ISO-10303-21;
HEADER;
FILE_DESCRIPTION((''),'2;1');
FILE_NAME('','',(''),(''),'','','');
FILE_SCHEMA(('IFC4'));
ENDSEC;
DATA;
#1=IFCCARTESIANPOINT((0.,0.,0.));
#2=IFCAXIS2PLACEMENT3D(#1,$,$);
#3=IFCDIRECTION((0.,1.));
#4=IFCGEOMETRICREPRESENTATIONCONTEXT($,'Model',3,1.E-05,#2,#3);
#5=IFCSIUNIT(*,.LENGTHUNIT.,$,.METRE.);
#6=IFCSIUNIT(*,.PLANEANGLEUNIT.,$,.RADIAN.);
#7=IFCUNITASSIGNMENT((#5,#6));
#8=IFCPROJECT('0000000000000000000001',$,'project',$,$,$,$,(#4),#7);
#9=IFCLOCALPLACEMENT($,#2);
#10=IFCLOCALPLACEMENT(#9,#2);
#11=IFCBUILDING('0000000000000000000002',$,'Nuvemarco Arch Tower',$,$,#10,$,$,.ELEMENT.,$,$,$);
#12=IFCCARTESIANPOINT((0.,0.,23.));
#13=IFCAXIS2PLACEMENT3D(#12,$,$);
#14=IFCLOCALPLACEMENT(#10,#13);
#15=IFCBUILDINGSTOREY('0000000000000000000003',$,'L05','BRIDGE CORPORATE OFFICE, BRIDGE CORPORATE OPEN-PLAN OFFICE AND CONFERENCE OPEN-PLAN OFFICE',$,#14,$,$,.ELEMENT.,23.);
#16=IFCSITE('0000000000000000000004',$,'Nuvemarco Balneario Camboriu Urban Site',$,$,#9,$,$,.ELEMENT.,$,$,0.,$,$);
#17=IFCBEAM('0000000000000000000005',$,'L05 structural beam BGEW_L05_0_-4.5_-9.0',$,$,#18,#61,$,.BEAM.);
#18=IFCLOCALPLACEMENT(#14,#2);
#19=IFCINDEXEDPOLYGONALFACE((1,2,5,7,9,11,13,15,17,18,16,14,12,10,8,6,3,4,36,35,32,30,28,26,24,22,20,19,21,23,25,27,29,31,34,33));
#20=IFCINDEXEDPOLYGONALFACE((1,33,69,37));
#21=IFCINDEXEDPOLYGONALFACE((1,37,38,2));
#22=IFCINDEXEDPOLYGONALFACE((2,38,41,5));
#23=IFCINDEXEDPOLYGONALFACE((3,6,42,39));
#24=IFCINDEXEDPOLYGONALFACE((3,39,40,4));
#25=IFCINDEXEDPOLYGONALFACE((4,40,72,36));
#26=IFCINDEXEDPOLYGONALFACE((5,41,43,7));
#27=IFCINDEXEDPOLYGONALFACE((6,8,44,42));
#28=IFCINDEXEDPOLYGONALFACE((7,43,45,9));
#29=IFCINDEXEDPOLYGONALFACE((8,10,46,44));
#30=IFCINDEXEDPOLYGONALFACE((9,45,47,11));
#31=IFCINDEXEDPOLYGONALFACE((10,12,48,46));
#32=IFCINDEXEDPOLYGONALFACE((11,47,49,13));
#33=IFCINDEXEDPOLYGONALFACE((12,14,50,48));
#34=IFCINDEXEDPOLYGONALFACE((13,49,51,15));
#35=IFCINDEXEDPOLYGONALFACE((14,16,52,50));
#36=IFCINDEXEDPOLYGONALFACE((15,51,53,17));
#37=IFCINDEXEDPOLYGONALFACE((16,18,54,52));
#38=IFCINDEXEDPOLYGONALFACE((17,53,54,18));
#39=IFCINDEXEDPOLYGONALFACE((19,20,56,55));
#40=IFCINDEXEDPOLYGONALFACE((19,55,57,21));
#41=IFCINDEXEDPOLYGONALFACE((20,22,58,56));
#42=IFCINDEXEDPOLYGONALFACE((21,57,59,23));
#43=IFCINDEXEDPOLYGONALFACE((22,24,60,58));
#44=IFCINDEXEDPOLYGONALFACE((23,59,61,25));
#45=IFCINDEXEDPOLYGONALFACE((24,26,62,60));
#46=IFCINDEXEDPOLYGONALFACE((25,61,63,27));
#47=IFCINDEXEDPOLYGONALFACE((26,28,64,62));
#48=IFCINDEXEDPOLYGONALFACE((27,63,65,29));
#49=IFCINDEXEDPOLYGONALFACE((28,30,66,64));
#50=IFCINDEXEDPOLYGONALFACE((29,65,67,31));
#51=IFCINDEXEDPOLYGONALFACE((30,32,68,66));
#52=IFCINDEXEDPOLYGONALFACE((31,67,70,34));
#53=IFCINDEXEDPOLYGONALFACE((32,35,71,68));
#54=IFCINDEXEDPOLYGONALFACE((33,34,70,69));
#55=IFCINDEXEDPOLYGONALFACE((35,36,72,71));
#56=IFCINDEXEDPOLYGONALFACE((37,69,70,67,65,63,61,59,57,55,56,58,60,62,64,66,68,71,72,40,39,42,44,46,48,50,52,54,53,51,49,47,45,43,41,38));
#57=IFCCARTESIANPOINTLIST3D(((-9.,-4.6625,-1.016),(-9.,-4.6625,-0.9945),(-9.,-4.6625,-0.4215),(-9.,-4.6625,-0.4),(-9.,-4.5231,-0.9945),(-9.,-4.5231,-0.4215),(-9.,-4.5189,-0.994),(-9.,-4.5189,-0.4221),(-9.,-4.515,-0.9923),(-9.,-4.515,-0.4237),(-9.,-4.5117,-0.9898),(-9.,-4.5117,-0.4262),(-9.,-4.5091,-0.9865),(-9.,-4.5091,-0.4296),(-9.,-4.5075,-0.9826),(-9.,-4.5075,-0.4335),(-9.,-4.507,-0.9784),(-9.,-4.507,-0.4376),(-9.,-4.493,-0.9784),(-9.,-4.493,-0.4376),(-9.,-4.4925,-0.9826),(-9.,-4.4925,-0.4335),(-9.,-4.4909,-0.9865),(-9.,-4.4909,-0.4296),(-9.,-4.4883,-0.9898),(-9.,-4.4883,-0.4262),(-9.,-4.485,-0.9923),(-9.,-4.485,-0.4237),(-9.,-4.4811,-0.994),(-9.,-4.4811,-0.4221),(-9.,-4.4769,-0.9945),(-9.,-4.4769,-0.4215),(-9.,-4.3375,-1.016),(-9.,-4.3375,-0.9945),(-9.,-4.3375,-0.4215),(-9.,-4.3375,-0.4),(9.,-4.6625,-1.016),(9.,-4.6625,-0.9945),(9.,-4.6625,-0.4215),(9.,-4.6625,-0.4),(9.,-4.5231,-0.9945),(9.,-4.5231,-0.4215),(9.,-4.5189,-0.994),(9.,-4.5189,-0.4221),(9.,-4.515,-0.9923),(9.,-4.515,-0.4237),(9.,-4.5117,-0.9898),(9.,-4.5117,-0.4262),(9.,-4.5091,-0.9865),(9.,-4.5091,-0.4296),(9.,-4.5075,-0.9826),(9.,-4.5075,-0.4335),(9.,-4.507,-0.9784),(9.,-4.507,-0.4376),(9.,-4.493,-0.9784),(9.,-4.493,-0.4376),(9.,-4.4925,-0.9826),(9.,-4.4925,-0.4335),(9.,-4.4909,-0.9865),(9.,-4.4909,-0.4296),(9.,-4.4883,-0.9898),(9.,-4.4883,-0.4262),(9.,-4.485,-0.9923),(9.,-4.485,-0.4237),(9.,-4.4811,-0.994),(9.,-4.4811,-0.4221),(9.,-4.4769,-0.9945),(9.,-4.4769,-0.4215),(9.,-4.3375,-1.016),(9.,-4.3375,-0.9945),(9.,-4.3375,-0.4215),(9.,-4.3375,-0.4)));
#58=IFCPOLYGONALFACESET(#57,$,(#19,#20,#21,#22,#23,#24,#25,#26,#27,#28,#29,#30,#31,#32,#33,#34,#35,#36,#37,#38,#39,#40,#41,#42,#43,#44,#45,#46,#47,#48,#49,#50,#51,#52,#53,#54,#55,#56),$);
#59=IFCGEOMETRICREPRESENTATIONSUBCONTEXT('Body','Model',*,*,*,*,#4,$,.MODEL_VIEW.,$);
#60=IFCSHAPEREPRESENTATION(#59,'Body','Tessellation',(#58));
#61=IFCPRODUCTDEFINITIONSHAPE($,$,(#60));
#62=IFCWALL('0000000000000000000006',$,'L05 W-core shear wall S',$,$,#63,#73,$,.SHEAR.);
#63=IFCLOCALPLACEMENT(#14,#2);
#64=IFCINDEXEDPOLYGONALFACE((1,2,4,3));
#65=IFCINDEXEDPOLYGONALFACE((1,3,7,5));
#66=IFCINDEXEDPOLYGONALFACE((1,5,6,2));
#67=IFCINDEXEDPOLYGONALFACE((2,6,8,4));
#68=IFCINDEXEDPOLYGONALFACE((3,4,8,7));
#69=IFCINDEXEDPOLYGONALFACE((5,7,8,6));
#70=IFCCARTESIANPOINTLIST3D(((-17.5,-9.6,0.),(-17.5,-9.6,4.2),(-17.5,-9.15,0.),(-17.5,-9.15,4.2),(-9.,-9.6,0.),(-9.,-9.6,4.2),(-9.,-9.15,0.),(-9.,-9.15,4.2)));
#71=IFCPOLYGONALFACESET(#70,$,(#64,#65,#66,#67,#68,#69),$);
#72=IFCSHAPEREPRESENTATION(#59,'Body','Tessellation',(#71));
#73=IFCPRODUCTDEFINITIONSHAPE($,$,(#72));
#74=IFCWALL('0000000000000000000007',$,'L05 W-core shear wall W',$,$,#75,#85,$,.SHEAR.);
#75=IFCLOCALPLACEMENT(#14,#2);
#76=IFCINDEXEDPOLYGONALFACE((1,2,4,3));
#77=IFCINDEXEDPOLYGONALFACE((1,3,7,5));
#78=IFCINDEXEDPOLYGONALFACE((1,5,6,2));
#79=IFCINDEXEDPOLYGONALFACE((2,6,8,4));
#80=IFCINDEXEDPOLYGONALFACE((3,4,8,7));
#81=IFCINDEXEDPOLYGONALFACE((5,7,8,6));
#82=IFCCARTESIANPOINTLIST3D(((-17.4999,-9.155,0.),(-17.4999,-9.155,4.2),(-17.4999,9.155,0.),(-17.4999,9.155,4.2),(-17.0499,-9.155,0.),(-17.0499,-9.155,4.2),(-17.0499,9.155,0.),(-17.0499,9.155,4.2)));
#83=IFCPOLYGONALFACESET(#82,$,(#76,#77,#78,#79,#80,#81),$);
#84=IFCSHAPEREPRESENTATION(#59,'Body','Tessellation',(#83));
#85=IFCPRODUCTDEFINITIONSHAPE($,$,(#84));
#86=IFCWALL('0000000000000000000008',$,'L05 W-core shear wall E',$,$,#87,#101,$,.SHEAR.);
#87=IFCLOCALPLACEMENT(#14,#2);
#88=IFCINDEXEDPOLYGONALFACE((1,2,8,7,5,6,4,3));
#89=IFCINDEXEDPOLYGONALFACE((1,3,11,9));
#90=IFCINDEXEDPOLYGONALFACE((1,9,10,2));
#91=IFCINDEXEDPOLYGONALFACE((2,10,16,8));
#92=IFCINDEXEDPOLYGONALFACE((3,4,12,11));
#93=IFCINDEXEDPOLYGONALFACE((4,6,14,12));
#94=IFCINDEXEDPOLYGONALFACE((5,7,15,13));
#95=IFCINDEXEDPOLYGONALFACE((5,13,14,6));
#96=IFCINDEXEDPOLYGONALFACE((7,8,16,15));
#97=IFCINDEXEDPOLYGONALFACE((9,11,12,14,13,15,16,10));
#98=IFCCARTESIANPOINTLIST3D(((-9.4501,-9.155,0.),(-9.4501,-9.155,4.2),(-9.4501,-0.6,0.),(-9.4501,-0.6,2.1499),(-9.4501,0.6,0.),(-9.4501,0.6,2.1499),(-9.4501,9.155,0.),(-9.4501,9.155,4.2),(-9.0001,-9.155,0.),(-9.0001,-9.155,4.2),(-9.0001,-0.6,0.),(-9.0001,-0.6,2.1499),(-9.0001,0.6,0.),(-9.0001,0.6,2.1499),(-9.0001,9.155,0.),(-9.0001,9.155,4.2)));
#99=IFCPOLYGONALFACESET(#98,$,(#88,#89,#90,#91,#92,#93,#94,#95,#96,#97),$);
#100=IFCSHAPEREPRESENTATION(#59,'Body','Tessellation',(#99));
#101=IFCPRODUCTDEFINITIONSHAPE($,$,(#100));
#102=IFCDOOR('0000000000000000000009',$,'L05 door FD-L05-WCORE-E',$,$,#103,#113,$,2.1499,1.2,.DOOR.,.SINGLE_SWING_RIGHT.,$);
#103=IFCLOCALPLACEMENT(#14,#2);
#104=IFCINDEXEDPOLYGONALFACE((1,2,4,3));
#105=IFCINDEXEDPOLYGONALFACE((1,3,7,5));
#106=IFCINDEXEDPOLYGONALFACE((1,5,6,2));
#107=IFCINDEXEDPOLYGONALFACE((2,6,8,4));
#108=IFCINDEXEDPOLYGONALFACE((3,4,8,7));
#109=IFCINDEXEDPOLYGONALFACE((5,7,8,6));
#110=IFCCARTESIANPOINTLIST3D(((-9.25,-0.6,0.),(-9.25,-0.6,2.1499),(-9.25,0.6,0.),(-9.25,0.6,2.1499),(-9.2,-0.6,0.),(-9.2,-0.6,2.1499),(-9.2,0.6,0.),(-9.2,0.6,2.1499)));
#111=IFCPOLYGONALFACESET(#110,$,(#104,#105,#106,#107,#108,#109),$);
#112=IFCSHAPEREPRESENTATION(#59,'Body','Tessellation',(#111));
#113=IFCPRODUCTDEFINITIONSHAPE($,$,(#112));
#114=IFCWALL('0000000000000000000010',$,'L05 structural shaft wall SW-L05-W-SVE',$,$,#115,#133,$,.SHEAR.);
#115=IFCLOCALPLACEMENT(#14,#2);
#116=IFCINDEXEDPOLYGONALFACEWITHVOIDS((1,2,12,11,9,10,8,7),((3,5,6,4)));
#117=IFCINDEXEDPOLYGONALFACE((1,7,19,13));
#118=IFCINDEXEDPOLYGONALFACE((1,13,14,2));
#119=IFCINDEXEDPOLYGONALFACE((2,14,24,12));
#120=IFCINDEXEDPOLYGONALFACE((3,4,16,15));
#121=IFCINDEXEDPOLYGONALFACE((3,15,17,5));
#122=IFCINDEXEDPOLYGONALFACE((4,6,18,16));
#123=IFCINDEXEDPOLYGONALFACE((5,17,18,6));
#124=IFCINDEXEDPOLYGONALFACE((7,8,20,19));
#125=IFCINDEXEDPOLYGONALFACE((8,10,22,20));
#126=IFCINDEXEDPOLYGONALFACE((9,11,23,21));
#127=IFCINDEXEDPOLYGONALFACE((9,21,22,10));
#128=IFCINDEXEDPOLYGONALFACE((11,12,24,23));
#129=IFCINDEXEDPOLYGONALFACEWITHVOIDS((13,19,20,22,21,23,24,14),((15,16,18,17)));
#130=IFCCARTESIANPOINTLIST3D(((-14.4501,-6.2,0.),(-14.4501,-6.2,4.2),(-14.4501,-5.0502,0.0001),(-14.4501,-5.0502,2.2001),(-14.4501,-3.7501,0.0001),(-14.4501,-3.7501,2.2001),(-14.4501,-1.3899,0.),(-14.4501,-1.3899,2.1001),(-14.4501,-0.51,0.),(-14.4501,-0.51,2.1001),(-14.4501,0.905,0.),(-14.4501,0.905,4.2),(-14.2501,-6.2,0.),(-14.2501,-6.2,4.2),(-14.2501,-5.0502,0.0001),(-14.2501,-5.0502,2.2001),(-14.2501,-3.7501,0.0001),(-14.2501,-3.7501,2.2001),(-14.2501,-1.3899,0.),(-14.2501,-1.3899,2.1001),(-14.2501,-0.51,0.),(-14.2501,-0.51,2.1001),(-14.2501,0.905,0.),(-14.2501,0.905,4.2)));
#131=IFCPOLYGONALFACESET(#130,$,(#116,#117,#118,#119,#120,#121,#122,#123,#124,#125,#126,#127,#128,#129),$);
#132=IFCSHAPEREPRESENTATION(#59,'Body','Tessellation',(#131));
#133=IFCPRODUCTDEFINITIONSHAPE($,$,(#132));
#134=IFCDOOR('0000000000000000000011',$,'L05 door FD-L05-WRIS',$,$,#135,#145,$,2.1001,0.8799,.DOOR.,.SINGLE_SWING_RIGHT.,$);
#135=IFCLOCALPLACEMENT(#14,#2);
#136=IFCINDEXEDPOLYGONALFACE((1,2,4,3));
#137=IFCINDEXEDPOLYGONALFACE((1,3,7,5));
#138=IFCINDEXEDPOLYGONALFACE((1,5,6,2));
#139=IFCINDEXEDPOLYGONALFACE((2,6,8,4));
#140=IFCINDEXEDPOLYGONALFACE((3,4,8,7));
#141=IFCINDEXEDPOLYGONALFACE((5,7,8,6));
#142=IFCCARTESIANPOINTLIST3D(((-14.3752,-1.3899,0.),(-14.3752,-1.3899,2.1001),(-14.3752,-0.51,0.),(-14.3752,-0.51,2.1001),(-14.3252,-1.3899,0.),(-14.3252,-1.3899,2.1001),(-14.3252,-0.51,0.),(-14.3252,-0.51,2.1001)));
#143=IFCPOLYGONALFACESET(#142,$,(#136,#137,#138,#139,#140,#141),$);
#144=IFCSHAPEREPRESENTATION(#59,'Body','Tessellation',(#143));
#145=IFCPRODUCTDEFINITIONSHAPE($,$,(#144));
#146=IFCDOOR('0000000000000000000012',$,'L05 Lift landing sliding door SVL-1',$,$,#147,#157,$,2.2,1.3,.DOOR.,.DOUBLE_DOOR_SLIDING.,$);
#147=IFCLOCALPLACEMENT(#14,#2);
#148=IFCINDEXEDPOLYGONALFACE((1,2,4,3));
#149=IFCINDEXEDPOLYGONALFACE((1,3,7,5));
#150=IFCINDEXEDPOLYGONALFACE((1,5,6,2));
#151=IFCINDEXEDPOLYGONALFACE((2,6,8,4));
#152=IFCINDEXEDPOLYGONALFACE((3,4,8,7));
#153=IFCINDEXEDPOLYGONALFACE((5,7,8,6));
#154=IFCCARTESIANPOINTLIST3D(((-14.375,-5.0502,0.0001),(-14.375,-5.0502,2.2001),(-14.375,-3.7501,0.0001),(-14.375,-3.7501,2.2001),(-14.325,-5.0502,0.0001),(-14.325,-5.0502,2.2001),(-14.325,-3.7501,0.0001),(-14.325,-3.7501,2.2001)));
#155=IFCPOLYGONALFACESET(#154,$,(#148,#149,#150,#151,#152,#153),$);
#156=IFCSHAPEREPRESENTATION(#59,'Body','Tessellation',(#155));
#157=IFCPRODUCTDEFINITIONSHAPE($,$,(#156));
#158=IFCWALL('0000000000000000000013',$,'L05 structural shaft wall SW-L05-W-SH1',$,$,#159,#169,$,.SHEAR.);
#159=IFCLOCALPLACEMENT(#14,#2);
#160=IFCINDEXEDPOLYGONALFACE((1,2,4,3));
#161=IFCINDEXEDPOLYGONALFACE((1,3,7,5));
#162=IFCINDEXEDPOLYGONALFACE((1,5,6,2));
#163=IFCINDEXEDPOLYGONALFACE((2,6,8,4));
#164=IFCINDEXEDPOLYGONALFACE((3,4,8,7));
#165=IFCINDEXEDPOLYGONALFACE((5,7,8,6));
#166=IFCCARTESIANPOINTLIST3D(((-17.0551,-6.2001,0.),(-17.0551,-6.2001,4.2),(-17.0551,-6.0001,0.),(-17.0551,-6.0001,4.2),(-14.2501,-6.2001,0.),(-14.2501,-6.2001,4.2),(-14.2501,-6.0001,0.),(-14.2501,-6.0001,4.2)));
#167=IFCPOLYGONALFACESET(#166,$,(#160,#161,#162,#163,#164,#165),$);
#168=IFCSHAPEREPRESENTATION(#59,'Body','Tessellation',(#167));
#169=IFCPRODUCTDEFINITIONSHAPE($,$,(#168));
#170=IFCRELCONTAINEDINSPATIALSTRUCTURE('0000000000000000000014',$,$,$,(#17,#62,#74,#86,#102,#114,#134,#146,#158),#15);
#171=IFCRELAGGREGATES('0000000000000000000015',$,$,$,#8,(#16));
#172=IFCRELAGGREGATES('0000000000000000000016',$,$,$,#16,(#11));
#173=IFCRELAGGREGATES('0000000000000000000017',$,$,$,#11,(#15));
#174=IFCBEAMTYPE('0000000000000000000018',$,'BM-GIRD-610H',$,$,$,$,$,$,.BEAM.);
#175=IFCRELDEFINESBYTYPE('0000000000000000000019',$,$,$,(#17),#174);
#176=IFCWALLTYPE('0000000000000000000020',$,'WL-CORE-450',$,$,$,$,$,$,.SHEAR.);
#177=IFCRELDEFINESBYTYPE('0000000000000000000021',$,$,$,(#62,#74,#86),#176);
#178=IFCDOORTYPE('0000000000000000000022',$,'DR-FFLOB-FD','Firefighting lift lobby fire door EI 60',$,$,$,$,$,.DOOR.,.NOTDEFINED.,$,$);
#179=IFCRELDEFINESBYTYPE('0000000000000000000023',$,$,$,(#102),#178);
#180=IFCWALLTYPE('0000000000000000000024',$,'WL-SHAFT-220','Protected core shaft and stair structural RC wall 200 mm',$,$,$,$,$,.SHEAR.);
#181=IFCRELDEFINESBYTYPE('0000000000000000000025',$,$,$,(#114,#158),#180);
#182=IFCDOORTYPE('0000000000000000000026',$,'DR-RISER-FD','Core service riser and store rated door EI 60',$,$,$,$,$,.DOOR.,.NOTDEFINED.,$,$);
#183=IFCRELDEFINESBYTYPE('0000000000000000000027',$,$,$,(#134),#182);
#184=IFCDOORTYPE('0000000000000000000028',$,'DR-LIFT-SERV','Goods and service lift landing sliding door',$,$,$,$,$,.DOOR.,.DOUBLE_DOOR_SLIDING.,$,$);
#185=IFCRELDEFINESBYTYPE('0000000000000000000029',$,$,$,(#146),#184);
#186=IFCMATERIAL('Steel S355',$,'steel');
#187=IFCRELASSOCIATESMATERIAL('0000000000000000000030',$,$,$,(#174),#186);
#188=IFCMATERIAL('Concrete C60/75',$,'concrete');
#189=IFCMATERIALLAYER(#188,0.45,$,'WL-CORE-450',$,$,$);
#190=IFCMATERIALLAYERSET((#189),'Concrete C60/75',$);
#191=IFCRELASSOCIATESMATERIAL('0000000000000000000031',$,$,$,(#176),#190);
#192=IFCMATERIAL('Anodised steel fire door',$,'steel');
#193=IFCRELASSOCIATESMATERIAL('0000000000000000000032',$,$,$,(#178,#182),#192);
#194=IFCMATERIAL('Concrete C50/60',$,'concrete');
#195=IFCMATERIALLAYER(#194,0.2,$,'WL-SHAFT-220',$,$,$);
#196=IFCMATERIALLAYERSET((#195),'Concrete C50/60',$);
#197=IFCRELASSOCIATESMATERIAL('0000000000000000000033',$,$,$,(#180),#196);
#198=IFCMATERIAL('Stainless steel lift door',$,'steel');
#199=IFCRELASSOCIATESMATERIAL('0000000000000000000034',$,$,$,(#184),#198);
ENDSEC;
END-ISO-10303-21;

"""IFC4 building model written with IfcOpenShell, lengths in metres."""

from ifc_helpers import new_model, si_unit, direction, frame, frame_2d, origin, origin_2d, place, context, subcontext, project, spatial, rectangle, i_section, extrude, source, transform, mapped, material, layer, layer_set, material_profile, profile_set, type_object, type_shapes, element, fill, save


model = new_model("IFC4")

# Units and contexts
model_context = context("Model", 3, precision=1e-05, world=origin(), true_north=direction((0.0, 1.0)))
body_context = subcontext(model_context, "Body", "Model", "MODEL_VIEW")
ifc_project = project(units=[si_unit("LENGTHUNIT", "METRE"), si_unit("PLANEANGLEUNIT", "RADIAN")], contexts=[model_context])

# Site, building, storey
site_placement = place(None, origin())
site = spatial("IfcSite", under=ifc_project, at=site_placement, Name="Nuvemarco Balneario Camboriu Urban Site", CompositionType="ELEMENT", RefElevation=0.0)
building_placement = place(site_placement, origin())
building = spatial("IfcBuilding", under=site, at=building_placement, Name="Nuvemarco Arch Tower", CompositionType="ELEMENT")
storey_placement = place(building_placement, frame((0.0, 0.0, 23.0)))
storey = spatial("IfcBuildingStorey", under=building, at=storey_placement, Name="L05", Description="BRIDGE CORPORATE OFFICE, BRIDGE CORPORATE OPEN-PLAN OFFICE AND CONFERENCE OPEN-PLAN OFFICE", CompositionType="ELEMENT", Elevation=23.0)

# Shared definitions
ifc_material_1 = material(Name="Concrete C60/75", Category="concrete")

# Beam
ifc_material_2 = material(Name="Steel S355", Category="steel")
ifc_material_profile_1 = material_profile(ifc_material_2, i_section(OverallWidth=0.325, OverallDepth=0.616, WebThickness=0.0139, FlangeThickness=0.0215, FilletRadius=0.0161, at=origin_2d()), Name="W610x174")
ifc_profile_set_1 = profile_set([ifc_material_profile_1], Name="Steel S355")
beam_type = type_object("IfcBeamType", Name="BM-GIRD-610H", PredefinedType="BEAM", material=ifc_profile_set_1)
beam_1_placement = place(storey_placement, frame((-9.0, -4.5, -0.708), z_axis=(1.0, 0.0, 0.0), x_axis=(0.0, 1.0, 0.0)))
element("IfcBeam", 1, at=beam_1_placement, inside=storey, type_object=beam_type, Name="L05 structural beam BGEW_L05_0_-4.5_-9.0", PredefinedType="BEAM", context=body_context, shape_type="SweptSolid", body=[
    extrude(i_section(OverallWidth=0.325, OverallDepth=0.616, WebThickness=0.0139, FlangeThickness=0.0215, FilletRadius=0.0161, at=origin_2d()), origin(), (0.0, 0.0, 1.0), 18.0),
])

# Walls
ifc_layer_1 = layer(ifc_material_1, 0.45, Name="WL-CORE-450")
ifc_layer_set_1 = layer_set([ifc_layer_1], Name="Concrete C60/75")
wall_type_1 = type_object("IfcWallType", Name="WL-CORE-450", PredefinedType="SHEAR", material=ifc_layer_set_1)
wall_1_placement = place(storey_placement, frame((-17.5, -9.375, 0.0), z_axis=(0.0, 0.0, 1.0), x_axis=(1.0, 0.0, 0.0)))
element("IfcWall", 2, at=wall_1_placement, inside=storey, type_object=wall_type_1, Name="L05 W-core shear wall S", PredefinedType="SHEAR", context=body_context, shape_type="SweptSolid", body=[
    extrude(rectangle(XDim=8.5, YDim=0.45, at=frame_2d((4.25, 0.0))), origin(), (0.0, 0.0, 1.0), 4.2),
])
wall_2_placement = place(storey_placement, frame((-17.2749, -9.155, 0.0), z_axis=(0.0, 0.0, 1.0), x_axis=(0.0, 1.0, 0.0)))
element("IfcWall", 3, at=wall_2_placement, inside=storey, type_object=wall_type_1, Name="L05 W-core shear wall W", PredefinedType="SHEAR", context=body_context, shape_type="SweptSolid", body=[
    extrude(rectangle(XDim=18.3101, YDim=0.45, at=frame_2d((9.155, 0.0))), origin(), (0.0, 0.0, 1.0), 4.2),
])

# Wall, opening, door
wall_3_placement = place(storey_placement, frame((-9.2251, -9.155, 0.0), z_axis=(0.0, 0.0, 1.0), x_axis=(0.0, 1.0, 0.0)))
wall_3 = element("IfcWall", 4, at=wall_3_placement, inside=storey, type_object=wall_type_1, Name="L05 W-core shear wall E", PredefinedType="SHEAR", context=body_context, shape_type="SweptSolid", body=[
    extrude(rectangle(XDim=18.3101, YDim=0.45, at=frame_2d((9.155, 0.0))), origin(), (0.0, 0.0, 1.0), 4.2),
])
opening_1_placement = place(wall_3_placement, frame((8.5549, 0.0, 0.0)))
opening_1 = element("IfcOpeningElement", 5, at=opening_1_placement, cuts=wall_3, PredefinedType="OPENING", context=body_context, shape_type="SweptSolid", body=[
    extrude(rectangle(XDim=1.2, YDim=2.1499, at=frame_2d((0.6001, 1.075))), frame((0.0, 0.2349, 0.0), z_axis=(0.0, -1.0, 0.0), x_axis=(1.0, 0.0, 0.0)), (0.0, 0.0, 1.0), 0.47),
])
ifc_material_3 = material(Name="Anodised steel fire door", Category="steel")
door_type_1 = type_object("IfcDoorType", Name="DR-FFLOB-FD", Description="Firefighting lift lobby fire door EI 60", OperationType="NOTDEFINED", PredefinedType="DOOR", material=ifc_material_3)
shared_shape_1 = source(origin(), body_context, "Body", "SweptSolid", [
    extrude(rectangle(XDim=1.2, YDim=2.1499, at=frame_2d((0.6001, 1.075))), frame((0.0, 0.0249, 0.0), z_axis=(0.0, -1.0, 0.0), x_axis=(1.0, 0.0, 0.0)), (0.0, 0.0, 1.0), 0.05),
])
type_shapes(door_type_1, [shared_shape_1])
door_1_placement = place(opening_1_placement, origin())
door_1 = element("IfcDoor", 6, at=door_1_placement, inside=storey, type_object=door_type_1, Name="L05 door FD-L05-WCORE-E", OperationType="SINGLE_SWING_RIGHT", OverallHeight=2.1499, OverallWidth=1.2, PredefinedType="DOOR", context=body_context, shape_type="MappedRepresentation", body=[
    mapped(shared_shape_1, transform((0.0, 0.0, 0.0), scale=1.0)),
])
fill(opening_1, door_1)
ifc_material_4 = material(Name="Concrete C50/60", Category="concrete")
ifc_layer_2 = layer(ifc_material_4, 0.2, Name="WL-SHAFT-220")
ifc_layer_set_2 = layer_set([ifc_layer_2], Name="Concrete C50/60")
wall_type_2 = type_object("IfcWallType", Name="WL-SHAFT-220", Description="Protected core shaft and stair structural RC wall 200 mm", PredefinedType="SHEAR", material=ifc_layer_set_2)
ifc_material_5 = material(Name="Stainless steel lift door", Category="steel")

# Wall, openings, doors
wall_4_placement = place(storey_placement, frame((-14.3501, -6.2, 0.0), z_axis=(0.0, 0.0, 1.0), x_axis=(0.0, 1.0, 0.0)))
wall_4 = element("IfcWall", 7, at=wall_4_placement, inside=storey, type_object=wall_type_2, Name="L05 structural shaft wall SW-L05-W-SVE", PredefinedType="SHEAR", context=body_context, shape_type="SweptSolid", body=[
    extrude(rectangle(XDim=7.105, YDim=0.2, at=frame_2d((3.5525, 0.0))), origin(), (0.0, 0.0, 1.0), 4.2),
])
opening_2_placement = place(wall_4_placement, frame((5.6899, 0.0, 0.0), z_axis=(0.0, 0.0, 1.0), x_axis=(-1.0, 0.0, 0.0)))
opening_2 = element("IfcOpeningElement", 8, at=opening_2_placement, cuts=wall_4, PredefinedType="OPENING", context=body_context, shape_type="SweptSolid", body=[
    extrude(rectangle(XDim=0.8799, YDim=2.1001, at=frame_2d((0.4399, 1.05))), frame((0.0, 0.1099, 0.0), z_axis=(0.0, -1.0, 0.0), x_axis=(1.0, 0.0, 0.0)), (0.0, 0.0, 1.0), 0.22),
])
opening_3_placement = place(wall_4_placement, frame((1.1499, 0.0, 0.0)))
opening_3 = element("IfcOpeningElement", 9, at=opening_3_placement, cuts=wall_4, PredefinedType="OPENING", context=body_context, shape_type="SweptSolid", body=[
    extrude(rectangle(XDim=1.3, YDim=2.2, at=frame_2d((0.6499, 1.1001))), frame((0.0, 0.1099, 0.0), z_axis=(0.0, -1.0, 0.0), x_axis=(1.0, 0.0, 0.0)), (0.0, 0.0, 1.0), 0.22),
])
door_type_2 = type_object("IfcDoorType", Name="DR-RISER-FD", Description="Core service riser and store rated door EI 60", OperationType="NOTDEFINED", PredefinedType="DOOR", material=ifc_material_3)
shared_shape_2 = source(origin(), body_context, "Body", "SweptSolid", [
    extrude(rectangle(XDim=0.8799, YDim=2.1001, at=frame_2d((0.4399, 1.05))), frame((0.0, 0.0249, 0.0), z_axis=(0.0, -1.0, 0.0), x_axis=(1.0, 0.0, 0.0)), (0.0, 0.0, 1.0), 0.05),
])
type_shapes(door_type_2, [shared_shape_2])
door_2_placement = place(opening_2_placement, origin())
door_2 = element("IfcDoor", 10, at=door_2_placement, inside=storey, type_object=door_type_2, Name="L05 door FD-L05-WRIS", OperationType="SINGLE_SWING_RIGHT", OverallHeight=2.1001, OverallWidth=0.8799, PredefinedType="DOOR", context=body_context, shape_type="MappedRepresentation", body=[
    mapped(shared_shape_2, transform((0.0, 0.0, 0.0), scale=1.0)),
])
fill(opening_2, door_2)
door_type_3 = type_object("IfcDoorType", Name="DR-LIFT-SERV", Description="Goods and service lift landing sliding door", OperationType="DOUBLE_DOOR_SLIDING", PredefinedType="DOOR", material=ifc_material_5)
shared_shape_3 = source(origin(), body_context, "Body", "SweptSolid", [
    extrude(rectangle(XDim=1.3, YDim=2.2, at=frame_2d((0.6499, 1.1001))), frame((0.0, 0.0249, 0.0), z_axis=(0.0, -1.0, 0.0), x_axis=(1.0, 0.0, 0.0)), (0.0, 0.0, 1.0), 0.05),
])
type_shapes(door_type_3, [shared_shape_3])
door_3_placement = place(opening_3_placement, origin())
door_3 = element("IfcDoor", 11, at=door_3_placement, inside=storey, type_object=door_type_3, Name="L05 Lift landing sliding door SVL-1", OperationType="DOUBLE_DOOR_SLIDING", OverallHeight=2.2, OverallWidth=1.3, PredefinedType="DOOR", context=body_context, shape_type="MappedRepresentation", body=[
    mapped(shared_shape_3, transform((0.0, 0.0, 0.0), scale=1.0)),
])
fill(opening_3, door_3)

# Wall
wall_5_placement = place(storey_placement, frame((-17.0549, -6.1001, 0.0), z_axis=(0.0, 0.0, 1.0), x_axis=(1.0, 0.0, 0.0)))
element("IfcWall", 12, at=wall_5_placement, inside=storey, type_object=wall_type_2, Name="L05 structural shaft wall SW-L05-W-SH1", PredefinedType="SHEAR", context=body_context, shape_type="SweptSolid", body=[
    extrude(rectangle(XDim=2.8049, YDim=0.2, at=frame_2d((1.4023, 0.0))), origin(), (0.0, 0.0, 1.0), 4.2),
])

save(model, "model.ifc")
